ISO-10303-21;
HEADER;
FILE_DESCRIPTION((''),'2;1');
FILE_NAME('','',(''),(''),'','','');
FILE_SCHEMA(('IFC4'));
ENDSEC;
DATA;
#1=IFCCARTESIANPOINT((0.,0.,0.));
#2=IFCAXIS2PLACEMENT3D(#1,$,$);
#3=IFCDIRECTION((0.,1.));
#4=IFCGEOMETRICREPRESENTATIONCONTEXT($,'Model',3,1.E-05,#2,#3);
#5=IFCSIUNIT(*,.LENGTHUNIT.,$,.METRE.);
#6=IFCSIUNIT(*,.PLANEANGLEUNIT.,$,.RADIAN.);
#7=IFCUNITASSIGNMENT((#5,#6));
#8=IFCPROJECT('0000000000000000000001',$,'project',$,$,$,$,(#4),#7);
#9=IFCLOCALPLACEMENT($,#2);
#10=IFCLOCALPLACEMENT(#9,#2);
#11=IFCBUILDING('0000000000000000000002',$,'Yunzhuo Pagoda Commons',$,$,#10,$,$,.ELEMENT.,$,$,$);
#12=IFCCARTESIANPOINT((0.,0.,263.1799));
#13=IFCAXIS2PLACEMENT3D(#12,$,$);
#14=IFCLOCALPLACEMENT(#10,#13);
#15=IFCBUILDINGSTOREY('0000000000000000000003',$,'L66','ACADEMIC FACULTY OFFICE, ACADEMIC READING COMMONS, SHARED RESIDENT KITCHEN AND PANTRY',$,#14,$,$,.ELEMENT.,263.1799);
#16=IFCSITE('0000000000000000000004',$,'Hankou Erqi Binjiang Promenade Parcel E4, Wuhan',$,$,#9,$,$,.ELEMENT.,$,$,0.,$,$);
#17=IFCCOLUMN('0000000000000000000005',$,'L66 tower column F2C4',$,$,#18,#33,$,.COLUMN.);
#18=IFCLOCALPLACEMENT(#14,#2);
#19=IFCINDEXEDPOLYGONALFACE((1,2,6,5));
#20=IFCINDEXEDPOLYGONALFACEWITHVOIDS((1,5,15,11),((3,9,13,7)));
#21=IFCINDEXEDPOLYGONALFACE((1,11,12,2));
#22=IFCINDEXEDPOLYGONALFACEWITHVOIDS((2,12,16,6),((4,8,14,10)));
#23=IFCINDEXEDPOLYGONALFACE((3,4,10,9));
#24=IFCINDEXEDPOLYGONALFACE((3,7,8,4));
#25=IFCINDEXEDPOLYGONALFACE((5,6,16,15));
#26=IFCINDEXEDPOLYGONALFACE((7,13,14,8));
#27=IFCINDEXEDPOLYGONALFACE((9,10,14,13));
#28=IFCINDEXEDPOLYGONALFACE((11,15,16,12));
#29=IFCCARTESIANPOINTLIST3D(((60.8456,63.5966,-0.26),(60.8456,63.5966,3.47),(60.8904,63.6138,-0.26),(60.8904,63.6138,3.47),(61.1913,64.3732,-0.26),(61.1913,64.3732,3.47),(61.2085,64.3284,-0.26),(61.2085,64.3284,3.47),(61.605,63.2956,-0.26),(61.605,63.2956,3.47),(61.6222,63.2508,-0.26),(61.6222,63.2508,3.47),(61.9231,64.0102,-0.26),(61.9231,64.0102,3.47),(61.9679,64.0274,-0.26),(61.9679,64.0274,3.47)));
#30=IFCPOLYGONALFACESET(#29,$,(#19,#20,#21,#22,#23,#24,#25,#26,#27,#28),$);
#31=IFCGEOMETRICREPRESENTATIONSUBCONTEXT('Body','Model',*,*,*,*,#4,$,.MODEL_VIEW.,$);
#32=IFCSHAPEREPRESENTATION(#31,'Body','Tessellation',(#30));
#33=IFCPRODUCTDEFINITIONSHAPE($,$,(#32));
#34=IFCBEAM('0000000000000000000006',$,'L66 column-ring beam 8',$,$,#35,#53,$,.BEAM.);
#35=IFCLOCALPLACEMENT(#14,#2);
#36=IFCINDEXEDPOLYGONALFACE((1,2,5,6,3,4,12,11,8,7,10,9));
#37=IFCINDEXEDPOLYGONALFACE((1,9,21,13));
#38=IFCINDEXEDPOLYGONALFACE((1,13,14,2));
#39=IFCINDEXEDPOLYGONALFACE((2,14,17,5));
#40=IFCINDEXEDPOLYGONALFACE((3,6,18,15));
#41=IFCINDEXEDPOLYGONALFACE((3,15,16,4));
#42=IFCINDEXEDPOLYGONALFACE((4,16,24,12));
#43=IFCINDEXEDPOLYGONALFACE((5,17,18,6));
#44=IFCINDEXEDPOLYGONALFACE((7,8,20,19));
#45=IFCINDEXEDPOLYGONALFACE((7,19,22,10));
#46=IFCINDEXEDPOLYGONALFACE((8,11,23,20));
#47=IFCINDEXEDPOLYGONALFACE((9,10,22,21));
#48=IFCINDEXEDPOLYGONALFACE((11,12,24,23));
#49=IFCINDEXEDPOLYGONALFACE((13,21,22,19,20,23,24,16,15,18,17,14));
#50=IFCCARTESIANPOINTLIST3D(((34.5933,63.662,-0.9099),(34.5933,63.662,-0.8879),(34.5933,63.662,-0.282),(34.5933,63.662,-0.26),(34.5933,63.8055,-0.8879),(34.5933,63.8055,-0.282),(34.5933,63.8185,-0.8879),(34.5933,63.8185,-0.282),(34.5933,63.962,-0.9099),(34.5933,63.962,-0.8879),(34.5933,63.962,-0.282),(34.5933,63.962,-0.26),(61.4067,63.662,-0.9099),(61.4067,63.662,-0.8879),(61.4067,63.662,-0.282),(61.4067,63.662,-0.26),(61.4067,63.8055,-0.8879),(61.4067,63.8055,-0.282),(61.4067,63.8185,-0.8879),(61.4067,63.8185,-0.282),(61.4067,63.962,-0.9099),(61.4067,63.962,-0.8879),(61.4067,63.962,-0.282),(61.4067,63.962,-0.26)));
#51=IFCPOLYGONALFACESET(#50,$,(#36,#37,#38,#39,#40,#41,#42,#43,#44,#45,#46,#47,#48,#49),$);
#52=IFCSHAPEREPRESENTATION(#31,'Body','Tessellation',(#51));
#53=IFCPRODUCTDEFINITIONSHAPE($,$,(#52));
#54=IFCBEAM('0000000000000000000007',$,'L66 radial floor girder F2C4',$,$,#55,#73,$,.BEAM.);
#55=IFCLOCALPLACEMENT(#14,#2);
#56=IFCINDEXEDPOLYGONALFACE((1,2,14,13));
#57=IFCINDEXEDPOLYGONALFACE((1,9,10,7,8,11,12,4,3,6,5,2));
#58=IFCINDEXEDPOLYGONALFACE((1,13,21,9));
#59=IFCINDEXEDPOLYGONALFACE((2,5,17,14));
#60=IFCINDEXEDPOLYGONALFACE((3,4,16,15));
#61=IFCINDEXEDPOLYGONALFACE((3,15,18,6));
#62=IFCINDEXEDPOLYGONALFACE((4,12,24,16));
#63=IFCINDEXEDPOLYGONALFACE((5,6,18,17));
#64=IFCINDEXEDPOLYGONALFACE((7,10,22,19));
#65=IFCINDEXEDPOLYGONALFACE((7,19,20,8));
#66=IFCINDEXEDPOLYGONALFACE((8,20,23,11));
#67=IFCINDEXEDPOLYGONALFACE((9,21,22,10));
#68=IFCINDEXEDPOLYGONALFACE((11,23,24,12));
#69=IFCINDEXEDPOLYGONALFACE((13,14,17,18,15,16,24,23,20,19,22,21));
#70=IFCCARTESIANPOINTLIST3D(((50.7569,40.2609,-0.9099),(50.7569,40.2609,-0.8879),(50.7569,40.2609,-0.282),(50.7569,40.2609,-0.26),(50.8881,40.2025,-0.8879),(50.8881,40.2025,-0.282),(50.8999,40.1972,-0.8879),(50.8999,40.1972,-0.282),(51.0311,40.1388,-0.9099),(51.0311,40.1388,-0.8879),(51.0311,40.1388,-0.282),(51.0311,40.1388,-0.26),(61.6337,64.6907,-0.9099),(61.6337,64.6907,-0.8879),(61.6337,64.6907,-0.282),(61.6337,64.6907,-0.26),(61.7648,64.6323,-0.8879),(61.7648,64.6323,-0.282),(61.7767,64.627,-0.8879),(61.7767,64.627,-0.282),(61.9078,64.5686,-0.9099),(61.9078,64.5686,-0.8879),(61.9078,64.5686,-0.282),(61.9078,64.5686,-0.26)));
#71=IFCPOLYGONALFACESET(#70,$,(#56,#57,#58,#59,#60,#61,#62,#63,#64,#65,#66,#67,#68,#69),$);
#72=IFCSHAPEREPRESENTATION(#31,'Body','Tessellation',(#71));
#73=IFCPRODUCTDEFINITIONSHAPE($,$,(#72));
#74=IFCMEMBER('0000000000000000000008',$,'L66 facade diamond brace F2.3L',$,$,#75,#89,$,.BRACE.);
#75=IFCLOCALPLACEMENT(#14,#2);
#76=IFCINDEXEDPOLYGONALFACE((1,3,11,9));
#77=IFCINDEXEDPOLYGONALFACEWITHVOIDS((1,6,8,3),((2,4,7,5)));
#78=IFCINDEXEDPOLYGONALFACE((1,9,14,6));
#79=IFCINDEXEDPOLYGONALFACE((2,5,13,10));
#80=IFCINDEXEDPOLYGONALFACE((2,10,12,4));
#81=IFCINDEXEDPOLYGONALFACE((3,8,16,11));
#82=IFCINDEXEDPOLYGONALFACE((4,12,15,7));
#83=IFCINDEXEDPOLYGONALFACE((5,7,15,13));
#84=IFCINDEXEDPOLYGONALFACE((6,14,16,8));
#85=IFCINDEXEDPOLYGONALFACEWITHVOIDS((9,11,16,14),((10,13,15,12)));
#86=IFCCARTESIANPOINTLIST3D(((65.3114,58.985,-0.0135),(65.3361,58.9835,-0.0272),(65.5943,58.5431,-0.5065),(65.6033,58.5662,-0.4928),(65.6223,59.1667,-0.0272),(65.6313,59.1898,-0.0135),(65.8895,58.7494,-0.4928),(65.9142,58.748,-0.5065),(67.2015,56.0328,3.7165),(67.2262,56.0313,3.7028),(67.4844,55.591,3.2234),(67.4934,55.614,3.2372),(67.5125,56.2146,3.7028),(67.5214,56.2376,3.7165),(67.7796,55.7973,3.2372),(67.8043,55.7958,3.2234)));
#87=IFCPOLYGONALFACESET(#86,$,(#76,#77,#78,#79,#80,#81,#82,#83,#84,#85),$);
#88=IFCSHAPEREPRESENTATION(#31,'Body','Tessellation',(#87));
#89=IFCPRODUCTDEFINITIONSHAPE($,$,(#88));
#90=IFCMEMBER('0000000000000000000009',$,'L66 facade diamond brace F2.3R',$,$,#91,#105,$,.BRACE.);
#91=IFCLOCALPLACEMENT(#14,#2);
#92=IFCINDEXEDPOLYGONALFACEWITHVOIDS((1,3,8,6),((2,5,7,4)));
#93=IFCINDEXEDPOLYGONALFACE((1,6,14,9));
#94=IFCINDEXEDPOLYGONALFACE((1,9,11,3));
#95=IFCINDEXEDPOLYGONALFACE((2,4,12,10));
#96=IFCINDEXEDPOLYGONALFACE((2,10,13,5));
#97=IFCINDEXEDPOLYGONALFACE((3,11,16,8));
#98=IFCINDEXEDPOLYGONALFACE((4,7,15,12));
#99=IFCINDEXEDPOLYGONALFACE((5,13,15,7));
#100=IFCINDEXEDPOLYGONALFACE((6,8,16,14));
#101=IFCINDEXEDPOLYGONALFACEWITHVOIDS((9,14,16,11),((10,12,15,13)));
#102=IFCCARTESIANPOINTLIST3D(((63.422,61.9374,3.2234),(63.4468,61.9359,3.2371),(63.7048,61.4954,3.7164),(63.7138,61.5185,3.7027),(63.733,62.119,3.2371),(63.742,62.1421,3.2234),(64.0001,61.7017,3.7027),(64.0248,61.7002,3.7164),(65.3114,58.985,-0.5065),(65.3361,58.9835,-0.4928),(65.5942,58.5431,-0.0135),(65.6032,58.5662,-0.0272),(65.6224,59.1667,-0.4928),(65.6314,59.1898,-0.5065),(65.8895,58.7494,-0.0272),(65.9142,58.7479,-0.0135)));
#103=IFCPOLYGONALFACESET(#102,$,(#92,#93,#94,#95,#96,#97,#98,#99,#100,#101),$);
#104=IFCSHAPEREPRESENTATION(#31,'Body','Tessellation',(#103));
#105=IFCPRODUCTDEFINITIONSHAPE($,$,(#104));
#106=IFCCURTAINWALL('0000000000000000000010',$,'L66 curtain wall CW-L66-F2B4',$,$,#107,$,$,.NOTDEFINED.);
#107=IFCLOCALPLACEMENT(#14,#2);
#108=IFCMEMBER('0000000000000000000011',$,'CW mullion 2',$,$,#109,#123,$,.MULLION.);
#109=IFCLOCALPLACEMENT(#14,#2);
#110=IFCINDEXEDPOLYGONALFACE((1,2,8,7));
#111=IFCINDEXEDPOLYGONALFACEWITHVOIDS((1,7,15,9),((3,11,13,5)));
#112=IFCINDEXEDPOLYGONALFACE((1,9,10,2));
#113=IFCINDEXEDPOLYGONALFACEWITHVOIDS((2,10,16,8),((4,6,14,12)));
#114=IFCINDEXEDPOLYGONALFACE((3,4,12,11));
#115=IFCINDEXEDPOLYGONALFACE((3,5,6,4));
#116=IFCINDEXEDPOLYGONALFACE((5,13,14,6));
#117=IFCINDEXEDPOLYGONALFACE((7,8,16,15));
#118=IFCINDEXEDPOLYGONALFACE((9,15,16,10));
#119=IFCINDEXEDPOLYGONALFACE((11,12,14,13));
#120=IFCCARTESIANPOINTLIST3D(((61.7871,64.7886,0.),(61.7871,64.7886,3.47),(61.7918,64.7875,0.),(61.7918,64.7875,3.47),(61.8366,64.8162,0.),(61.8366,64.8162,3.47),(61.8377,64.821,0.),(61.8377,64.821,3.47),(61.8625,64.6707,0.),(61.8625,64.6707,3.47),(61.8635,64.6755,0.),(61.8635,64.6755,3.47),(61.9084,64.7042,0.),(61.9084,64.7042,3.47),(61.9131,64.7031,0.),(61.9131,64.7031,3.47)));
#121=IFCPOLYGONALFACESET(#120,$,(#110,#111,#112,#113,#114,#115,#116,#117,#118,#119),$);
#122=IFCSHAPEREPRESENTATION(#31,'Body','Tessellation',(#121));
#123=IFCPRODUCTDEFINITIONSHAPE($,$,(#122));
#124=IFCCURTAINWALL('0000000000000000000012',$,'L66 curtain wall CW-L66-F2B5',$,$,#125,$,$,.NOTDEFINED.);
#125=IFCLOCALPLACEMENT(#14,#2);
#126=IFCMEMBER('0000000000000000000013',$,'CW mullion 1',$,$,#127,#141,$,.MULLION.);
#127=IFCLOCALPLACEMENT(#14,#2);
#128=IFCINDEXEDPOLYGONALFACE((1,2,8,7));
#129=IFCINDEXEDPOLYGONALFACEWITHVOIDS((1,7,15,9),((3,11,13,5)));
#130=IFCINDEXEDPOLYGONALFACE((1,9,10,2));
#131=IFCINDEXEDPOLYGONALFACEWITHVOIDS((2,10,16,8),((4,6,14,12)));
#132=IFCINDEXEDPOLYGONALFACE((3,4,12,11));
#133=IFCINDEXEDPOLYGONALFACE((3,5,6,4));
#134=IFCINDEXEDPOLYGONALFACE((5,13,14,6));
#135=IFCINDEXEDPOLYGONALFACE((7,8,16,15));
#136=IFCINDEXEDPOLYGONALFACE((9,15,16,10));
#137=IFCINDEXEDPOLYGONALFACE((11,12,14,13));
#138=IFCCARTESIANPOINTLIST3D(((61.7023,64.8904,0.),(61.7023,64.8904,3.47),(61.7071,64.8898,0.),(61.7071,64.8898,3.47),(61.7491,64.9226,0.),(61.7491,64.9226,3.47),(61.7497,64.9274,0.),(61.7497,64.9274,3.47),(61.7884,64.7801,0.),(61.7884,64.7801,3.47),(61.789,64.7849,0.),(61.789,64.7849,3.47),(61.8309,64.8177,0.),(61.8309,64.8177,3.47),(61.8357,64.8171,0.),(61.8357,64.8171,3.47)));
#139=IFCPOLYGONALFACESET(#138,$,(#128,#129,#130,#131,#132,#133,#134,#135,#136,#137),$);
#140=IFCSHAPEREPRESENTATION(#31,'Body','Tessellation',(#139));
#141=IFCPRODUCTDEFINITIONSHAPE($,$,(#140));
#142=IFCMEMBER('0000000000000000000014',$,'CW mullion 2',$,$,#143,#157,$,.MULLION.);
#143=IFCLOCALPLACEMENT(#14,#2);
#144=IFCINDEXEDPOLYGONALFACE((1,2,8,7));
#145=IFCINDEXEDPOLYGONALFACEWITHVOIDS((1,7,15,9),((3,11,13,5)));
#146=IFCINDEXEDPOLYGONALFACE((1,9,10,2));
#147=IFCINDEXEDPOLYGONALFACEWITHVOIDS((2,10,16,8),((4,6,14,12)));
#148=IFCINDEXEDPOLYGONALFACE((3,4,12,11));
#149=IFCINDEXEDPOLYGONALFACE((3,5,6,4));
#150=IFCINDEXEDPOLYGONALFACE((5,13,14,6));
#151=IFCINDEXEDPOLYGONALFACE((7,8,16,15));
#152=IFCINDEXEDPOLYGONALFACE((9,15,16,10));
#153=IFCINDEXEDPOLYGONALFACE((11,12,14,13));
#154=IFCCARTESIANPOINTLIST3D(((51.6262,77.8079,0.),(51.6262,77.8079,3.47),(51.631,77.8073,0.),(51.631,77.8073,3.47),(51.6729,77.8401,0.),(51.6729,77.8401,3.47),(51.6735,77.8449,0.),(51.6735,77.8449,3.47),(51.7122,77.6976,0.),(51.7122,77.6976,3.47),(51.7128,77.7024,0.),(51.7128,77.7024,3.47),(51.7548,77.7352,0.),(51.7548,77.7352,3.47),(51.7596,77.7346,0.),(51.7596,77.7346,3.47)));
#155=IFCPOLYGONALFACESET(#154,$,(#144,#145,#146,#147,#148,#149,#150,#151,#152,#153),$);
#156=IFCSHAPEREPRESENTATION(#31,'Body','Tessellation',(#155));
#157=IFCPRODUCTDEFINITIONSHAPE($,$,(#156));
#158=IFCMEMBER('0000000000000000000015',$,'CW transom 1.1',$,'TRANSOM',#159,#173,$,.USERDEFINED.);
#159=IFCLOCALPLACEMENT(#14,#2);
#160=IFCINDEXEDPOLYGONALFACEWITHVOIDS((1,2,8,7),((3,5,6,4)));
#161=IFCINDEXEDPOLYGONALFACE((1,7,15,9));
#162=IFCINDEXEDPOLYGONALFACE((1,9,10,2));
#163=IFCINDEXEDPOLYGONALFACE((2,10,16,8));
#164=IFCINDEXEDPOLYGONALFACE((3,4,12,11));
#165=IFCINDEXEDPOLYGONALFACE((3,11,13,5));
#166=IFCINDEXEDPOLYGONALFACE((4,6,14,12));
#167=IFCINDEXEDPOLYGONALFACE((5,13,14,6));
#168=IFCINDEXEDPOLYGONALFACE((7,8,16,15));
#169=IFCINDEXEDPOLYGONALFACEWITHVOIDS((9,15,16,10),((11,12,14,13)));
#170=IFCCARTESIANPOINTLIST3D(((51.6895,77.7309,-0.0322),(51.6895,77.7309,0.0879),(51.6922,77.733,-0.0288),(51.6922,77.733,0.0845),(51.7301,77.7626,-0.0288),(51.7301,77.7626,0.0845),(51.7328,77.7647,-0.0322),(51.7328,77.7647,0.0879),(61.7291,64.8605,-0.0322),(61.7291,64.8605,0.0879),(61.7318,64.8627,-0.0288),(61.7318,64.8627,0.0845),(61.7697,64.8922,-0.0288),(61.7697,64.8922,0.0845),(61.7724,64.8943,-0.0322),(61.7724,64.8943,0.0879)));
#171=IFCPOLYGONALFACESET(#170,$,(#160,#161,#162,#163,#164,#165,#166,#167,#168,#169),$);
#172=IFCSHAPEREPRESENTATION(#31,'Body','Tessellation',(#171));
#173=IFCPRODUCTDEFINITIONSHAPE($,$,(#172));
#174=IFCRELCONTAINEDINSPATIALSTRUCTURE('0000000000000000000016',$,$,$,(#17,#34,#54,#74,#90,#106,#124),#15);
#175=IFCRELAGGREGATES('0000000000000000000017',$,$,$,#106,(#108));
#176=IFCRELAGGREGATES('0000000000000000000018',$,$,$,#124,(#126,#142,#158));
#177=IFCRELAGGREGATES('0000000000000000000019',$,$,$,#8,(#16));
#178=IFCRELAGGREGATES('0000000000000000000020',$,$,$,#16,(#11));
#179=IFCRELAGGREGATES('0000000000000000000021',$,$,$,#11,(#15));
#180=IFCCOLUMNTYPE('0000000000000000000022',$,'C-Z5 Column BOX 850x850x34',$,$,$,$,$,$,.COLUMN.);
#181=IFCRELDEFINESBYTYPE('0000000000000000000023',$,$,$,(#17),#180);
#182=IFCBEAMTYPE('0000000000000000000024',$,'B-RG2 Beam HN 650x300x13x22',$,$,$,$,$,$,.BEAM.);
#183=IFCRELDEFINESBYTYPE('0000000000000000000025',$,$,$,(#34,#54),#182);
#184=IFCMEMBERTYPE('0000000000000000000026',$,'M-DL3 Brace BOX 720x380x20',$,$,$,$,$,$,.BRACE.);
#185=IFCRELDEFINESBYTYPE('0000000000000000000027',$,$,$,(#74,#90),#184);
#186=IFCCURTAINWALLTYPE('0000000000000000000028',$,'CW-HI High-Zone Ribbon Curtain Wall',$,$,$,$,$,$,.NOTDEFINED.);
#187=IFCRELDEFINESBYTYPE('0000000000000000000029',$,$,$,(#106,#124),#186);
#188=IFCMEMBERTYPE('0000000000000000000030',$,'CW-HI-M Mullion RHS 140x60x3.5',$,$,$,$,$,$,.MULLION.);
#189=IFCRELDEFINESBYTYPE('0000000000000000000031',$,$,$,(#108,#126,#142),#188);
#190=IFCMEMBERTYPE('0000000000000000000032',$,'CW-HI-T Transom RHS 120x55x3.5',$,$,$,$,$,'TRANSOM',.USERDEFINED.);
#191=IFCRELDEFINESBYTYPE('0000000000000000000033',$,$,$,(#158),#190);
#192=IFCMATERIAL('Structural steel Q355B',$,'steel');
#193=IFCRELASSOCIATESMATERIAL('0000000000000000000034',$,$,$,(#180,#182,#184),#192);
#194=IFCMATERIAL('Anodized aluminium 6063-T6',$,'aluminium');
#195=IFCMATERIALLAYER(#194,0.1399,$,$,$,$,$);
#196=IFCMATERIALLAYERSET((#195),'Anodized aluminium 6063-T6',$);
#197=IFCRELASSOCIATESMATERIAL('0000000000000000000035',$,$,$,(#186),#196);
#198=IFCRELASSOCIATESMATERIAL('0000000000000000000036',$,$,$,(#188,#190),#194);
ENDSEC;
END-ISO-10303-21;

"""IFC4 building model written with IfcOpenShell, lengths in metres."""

from ifc_helpers import new_model, si_unit, direction, frame, origin, origin_2d, place, context, subcontext, project, spatial, hollow_rectangle, i_section, extrude, source, transform, mapped, material, layer, layer_set, material_profile, profile_set, type_object, element, aggregate, save


model = new_model("IFC4")

# Units and contexts
model_context = context("Model", 3, precision=1e-05, world=origin(), true_north=direction((0.0, 1.0)))
body_context = subcontext(model_context, "Body", "Model", "MODEL_VIEW")
ifc_project = project(units=[si_unit("LENGTHUNIT", "METRE"), si_unit("PLANEANGLEUNIT", "RADIAN")], contexts=[model_context])

# Site, building, storey
site_placement = place(None, origin())
site = spatial("IfcSite", under=ifc_project, at=site_placement, Name="Hankou Erqi Binjiang Promenade Parcel E4, Wuhan", CompositionType="ELEMENT", RefElevation=0.0)
building_placement = place(site_placement, origin())
building = spatial("IfcBuilding", under=site, at=building_placement, Name="Yunzhuo Pagoda Commons", CompositionType="ELEMENT")
storey_placement = place(building_placement, frame((0.0, 0.0, 263.1799)))
storey = spatial("IfcBuildingStorey", under=building, at=storey_placement, Name="L66", Description="ACADEMIC FACULTY OFFICE, ACADEMIC READING COMMONS, SHARED RESIDENT KITCHEN AND PANTRY", CompositionType="ELEMENT", Elevation=263.1799)

# Column
ifc_material_1 = material(Name="Structural steel Q355B", Category="steel")
ifc_material_profile_1 = material_profile(ifc_material_1, hollow_rectangle(XDim=0.8501, YDim=0.8501, WallThickness=0.0339, at=origin_2d()), Name="Structural steel Q355B")
ifc_profile_set_1 = profile_set([ifc_material_profile_1], Name="Structural steel Q355B")
column_type = type_object("IfcColumnType", Name="C-Z5 Column BOX 850x850x34", PredefinedType="COLUMN", material=ifc_profile_set_1)
shared_shape_1 = source(origin(), body_context, "Body", "SweptSolid", [
    extrude(hollow_rectangle(XDim=0.8501, YDim=0.8501, WallThickness=0.0339, at=origin_2d()), origin(), (0.0, 0.0, 1.0), 3.73),
])
column_placement = place(storey_placement, frame((61.4067, 63.812, -0.26), z_axis=(0.0, 0.0, 1.0), x_axis=(-0.913545, 0.406737, 0.0)))
element("IfcColumn", 1, at=column_placement, inside=storey, type_object=column_type, Name="L66 tower column F2C4", PredefinedType="COLUMN", context=body_context, shape_type="MappedRepresentation", body=[
    mapped(shared_shape_1, transform((0.0, 0.0, 0.0), scale=1.0)),
])

# Beams
ifc_material_profile_2 = material_profile(ifc_material_1, i_section(OverallWidth=0.3, OverallDepth=0.6499, WebThickness=0.0129, FlangeThickness=0.022, at=origin_2d()), Name="Structural steel Q355B")
ifc_profile_set_2 = profile_set([ifc_material_profile_2], Name="Structural steel Q355B")
beam_type = type_object("IfcBeamType", Name="B-RG2 Beam HN 650x300x13x22", PredefinedType="BEAM", material=ifc_profile_set_2)
shared_shape_2 = source(origin(), body_context, "Body", "SweptSolid", [
    extrude(i_section(OverallWidth=0.3, OverallDepth=0.6499, WebThickness=0.0129, FlangeThickness=0.022, at=origin_2d()), origin(), (0.0, 0.0, 1.0), 26.8135),
])
beam_1_placement = place(storey_placement, frame((61.4067, 63.812, -0.585), z_axis=(-1.0, 0.0, 0.0), x_axis=(0.0, -1.0, 0.0)))
element("IfcBeam", 2, at=beam_1_placement, inside=storey, type_object=beam_type, Name="L66 column-ring beam 8", PredefinedType="BEAM", context=body_context, shape_type="MappedRepresentation", body=[
    mapped(shared_shape_2, transform((0.0, 0.0, 0.0), scale=1.0)),
])
shared_shape_3 = source(origin(), body_context, "Body", "SweptSolid", [
    extrude(i_section(OverallWidth=0.3, OverallDepth=0.6499, WebThickness=0.0129, FlangeThickness=0.022, at=origin_2d()), origin(), (0.0, 0.0, 1.0), 26.7417),
])
beam_2_placement = place(storey_placement, frame((61.7708, 64.6296, -0.585), z_axis=(-0.406734, -0.913547, 0.0), x_axis=(0.913547, -0.406734, 0.0)))
element("IfcBeam", 3, at=beam_2_placement, inside=storey, type_object=beam_type, Name="L66 radial floor girder F2C4", PredefinedType="BEAM", context=body_context, shape_type="MappedRepresentation", body=[
    mapped(shared_shape_3, transform((0.0, 0.0, 0.0), scale=1.0)),
])

# Members
ifc_material_profile_3 = material_profile(ifc_material_1, hollow_rectangle(XDim=0.3799, YDim=0.72, WallThickness=0.02, at=origin_2d()), Name="Structural steel Q355B")
ifc_profile_set_3 = profile_set([ifc_material_profile_3], Name="Structural steel Q355B")
member_type_1 = type_object("IfcMemberType", Name="M-DL3 Brace BOX 720x380x20", PredefinedType="BRACE", material=ifc_profile_set_3)
shared_shape_4 = source(origin(), body_context, "Body", "SweptSolid", [
    extrude(hollow_rectangle(XDim=0.3799, YDim=0.72, WallThickness=0.02, at=origin_2d()), origin(), (0.0, 0.0, 1.0), 5.1187),
])
member_1_placement = place(storey_placement, frame((65.6128, 58.8665, -0.26), z_axis=(0.369265, -0.576744, 0.728704), x_axis=(0.842173, 0.539208, 0.0)))
element("IfcMember", 4, at=member_1_placement, inside=storey, type_object=member_type_1, Name="L66 facade diamond brace F2.3L", PredefinedType="BRACE", context=body_context, shape_type="MappedRepresentation", body=[
    mapped(shared_shape_4, transform((0.0, 0.0, 0.0), scale=1.0)),
])
shared_shape_5 = source(origin(), body_context, "Body", "SweptSolid", [
    extrude(hollow_rectangle(XDim=0.3799, YDim=0.72, WallThickness=0.02, at=origin_2d()), origin(), (0.0, 0.0, 1.0), 5.1184),
])
member_2_placement = place(storey_placement, frame((65.6128, 58.8665, -0.26), z_axis=(-0.369131, 0.576806, 0.728723), x_axis=(-0.842288, -0.539028, 0.0)))
element("IfcMember", 5, at=member_2_placement, inside=storey, type_object=member_type_1, Name="L66 facade diamond brace F2.3R", PredefinedType="BRACE", context=body_context, shape_type="MappedRepresentation", body=[
    mapped(shared_shape_5, transform((0.0, 0.0, 0.0), scale=1.0)),
])

# Curtain wall, member
ifc_material_2 = material(Name="Anodized aluminium 6063-T6", Category="aluminium")
ifc_layer_1 = layer(ifc_material_2, 0.1399)
ifc_layer_set_1 = layer_set([ifc_layer_1], Name="Anodized aluminium 6063-T6")
curtain_wall_type = type_object("IfcCurtainWallType", Name="CW-HI High-Zone Ribbon Curtain Wall", PredefinedType="NOTDEFINED", material=ifc_layer_set_1)
curtain_wall_1_placement = place(storey_placement, origin())
curtain_wall_1 = element("IfcCurtainWall", 6, at=curtain_wall_1_placement, inside=storey, type_object=curtain_wall_type, Name="L66 curtain wall CW-L66-F2B4", PredefinedType="NOTDEFINED")
ifc_material_profile_4 = material_profile(ifc_material_2, hollow_rectangle(XDim=0.0601, YDim=0.1399, WallThickness=0.0034, at=origin_2d()), Name="Anodized aluminium 6063-T6")
ifc_profile_set_4 = profile_set([ifc_material_profile_4], Name="Anodized aluminium 6063-T6")
member_type_2 = type_object("IfcMemberType", Name="CW-HI-M Mullion RHS 140x60x3.5", PredefinedType="MULLION", material=ifc_profile_set_4)
shared_shape_6 = source(origin(), body_context, "Body", "SweptSolid", [
    extrude(hollow_rectangle(XDim=0.0601, YDim=0.1399, WallThickness=0.0034, at=origin_2d()), origin(), (0.0, 0.0, 1.0), 3.47),
])
member_3_placement = place(storey_placement, frame((61.8501, 64.7458, 0.0), z_axis=(0.0, 0.0, 1.0), x_axis=(-0.842256, -0.539078, 0.0)))
member_3 = element("IfcMember", 7, at=member_3_placement, type_object=member_type_2, Name="CW mullion 2", PredefinedType="MULLION", context=body_context, shape_type="MappedRepresentation", body=[
    mapped(shared_shape_6, transform((0.0, 0.0, 0.0), scale=1.0)),
])

# Curtain wall, members
curtain_wall_2_placement = place(storey_placement, origin())
curtain_wall_2 = element("IfcCurtainWall", 8, at=curtain_wall_2_placement, inside=storey, type_object=curtain_wall_type, Name="L66 curtain wall CW-L66-F2B5", PredefinedType="NOTDEFINED")
member_4_placement = place(storey_placement, frame((61.769, 64.8538, 0.0), z_axis=(0.0, 0.0, 1.0), x_axis=(-0.78848, -0.61506, 0.0)))
member_4 = element("IfcMember", 9, at=member_4_placement, type_object=member_type_2, Name="CW mullion 1", PredefinedType="MULLION", context=body_context, shape_type="MappedRepresentation", body=[
    mapped(shared_shape_6, transform((0.0, 0.0, 0.0), scale=1.0)),
])
member_5_placement = place(storey_placement, frame((51.6929, 77.7712, 0.0), z_axis=(0.0, 0.0, 1.0), x_axis=(-0.78848, -0.61506, 0.0)))
member_5 = element("IfcMember", 10, at=member_5_placement, type_object=member_type_2, Name="CW mullion 2", PredefinedType="MULLION", context=body_context, shape_type="MappedRepresentation", body=[
    mapped(shared_shape_6, transform((0.0, 0.0, 0.0), scale=1.0)),
])
ifc_material_profile_5 = material_profile(ifc_material_2, hollow_rectangle(XDim=0.0549, YDim=0.1201, WallThickness=0.0034, at=origin_2d()), Name="Anodized aluminium 6063-T6")
ifc_profile_set_5 = profile_set([ifc_material_profile_5], Name="Anodized aluminium 6063-T6")
member_type_3 = type_object("IfcMemberType", Name="CW-HI-T Transom RHS 120x55x3.5", ElementType="TRANSOM", PredefinedType="USERDEFINED", material=ifc_profile_set_5)
shared_shape_7 = source(origin(), body_context, "Body", "SweptSolid", [
    extrude(hollow_rectangle(XDim=0.0549, YDim=0.1201, WallThickness=0.0034, at=origin_2d()), origin(), (0.0, 0.0, 1.0), 16.323),
])
member_6_placement = place(storey_placement, frame((61.7507, 64.8774, 0.0278), z_axis=(-0.615057, 0.788482, 0.0), x_axis=(-0.788482, -0.615057, 0.0)))
member_6 = element("IfcMember", 11, at=member_6_placement, type_object=member_type_3, Name="CW transom 1.1", ObjectType="TRANSOM", PredefinedType="USERDEFINED", context=body_context, shape_type="MappedRepresentation", body=[
    mapped(shared_shape_7, transform((0.0, 0.0, 0.0), scale=1.0)),
])

aggregate(curtain_wall_1, [member_3])

aggregate(curtain_wall_2, [member_4, member_5, member_6])

save(model, "model.ifc")
